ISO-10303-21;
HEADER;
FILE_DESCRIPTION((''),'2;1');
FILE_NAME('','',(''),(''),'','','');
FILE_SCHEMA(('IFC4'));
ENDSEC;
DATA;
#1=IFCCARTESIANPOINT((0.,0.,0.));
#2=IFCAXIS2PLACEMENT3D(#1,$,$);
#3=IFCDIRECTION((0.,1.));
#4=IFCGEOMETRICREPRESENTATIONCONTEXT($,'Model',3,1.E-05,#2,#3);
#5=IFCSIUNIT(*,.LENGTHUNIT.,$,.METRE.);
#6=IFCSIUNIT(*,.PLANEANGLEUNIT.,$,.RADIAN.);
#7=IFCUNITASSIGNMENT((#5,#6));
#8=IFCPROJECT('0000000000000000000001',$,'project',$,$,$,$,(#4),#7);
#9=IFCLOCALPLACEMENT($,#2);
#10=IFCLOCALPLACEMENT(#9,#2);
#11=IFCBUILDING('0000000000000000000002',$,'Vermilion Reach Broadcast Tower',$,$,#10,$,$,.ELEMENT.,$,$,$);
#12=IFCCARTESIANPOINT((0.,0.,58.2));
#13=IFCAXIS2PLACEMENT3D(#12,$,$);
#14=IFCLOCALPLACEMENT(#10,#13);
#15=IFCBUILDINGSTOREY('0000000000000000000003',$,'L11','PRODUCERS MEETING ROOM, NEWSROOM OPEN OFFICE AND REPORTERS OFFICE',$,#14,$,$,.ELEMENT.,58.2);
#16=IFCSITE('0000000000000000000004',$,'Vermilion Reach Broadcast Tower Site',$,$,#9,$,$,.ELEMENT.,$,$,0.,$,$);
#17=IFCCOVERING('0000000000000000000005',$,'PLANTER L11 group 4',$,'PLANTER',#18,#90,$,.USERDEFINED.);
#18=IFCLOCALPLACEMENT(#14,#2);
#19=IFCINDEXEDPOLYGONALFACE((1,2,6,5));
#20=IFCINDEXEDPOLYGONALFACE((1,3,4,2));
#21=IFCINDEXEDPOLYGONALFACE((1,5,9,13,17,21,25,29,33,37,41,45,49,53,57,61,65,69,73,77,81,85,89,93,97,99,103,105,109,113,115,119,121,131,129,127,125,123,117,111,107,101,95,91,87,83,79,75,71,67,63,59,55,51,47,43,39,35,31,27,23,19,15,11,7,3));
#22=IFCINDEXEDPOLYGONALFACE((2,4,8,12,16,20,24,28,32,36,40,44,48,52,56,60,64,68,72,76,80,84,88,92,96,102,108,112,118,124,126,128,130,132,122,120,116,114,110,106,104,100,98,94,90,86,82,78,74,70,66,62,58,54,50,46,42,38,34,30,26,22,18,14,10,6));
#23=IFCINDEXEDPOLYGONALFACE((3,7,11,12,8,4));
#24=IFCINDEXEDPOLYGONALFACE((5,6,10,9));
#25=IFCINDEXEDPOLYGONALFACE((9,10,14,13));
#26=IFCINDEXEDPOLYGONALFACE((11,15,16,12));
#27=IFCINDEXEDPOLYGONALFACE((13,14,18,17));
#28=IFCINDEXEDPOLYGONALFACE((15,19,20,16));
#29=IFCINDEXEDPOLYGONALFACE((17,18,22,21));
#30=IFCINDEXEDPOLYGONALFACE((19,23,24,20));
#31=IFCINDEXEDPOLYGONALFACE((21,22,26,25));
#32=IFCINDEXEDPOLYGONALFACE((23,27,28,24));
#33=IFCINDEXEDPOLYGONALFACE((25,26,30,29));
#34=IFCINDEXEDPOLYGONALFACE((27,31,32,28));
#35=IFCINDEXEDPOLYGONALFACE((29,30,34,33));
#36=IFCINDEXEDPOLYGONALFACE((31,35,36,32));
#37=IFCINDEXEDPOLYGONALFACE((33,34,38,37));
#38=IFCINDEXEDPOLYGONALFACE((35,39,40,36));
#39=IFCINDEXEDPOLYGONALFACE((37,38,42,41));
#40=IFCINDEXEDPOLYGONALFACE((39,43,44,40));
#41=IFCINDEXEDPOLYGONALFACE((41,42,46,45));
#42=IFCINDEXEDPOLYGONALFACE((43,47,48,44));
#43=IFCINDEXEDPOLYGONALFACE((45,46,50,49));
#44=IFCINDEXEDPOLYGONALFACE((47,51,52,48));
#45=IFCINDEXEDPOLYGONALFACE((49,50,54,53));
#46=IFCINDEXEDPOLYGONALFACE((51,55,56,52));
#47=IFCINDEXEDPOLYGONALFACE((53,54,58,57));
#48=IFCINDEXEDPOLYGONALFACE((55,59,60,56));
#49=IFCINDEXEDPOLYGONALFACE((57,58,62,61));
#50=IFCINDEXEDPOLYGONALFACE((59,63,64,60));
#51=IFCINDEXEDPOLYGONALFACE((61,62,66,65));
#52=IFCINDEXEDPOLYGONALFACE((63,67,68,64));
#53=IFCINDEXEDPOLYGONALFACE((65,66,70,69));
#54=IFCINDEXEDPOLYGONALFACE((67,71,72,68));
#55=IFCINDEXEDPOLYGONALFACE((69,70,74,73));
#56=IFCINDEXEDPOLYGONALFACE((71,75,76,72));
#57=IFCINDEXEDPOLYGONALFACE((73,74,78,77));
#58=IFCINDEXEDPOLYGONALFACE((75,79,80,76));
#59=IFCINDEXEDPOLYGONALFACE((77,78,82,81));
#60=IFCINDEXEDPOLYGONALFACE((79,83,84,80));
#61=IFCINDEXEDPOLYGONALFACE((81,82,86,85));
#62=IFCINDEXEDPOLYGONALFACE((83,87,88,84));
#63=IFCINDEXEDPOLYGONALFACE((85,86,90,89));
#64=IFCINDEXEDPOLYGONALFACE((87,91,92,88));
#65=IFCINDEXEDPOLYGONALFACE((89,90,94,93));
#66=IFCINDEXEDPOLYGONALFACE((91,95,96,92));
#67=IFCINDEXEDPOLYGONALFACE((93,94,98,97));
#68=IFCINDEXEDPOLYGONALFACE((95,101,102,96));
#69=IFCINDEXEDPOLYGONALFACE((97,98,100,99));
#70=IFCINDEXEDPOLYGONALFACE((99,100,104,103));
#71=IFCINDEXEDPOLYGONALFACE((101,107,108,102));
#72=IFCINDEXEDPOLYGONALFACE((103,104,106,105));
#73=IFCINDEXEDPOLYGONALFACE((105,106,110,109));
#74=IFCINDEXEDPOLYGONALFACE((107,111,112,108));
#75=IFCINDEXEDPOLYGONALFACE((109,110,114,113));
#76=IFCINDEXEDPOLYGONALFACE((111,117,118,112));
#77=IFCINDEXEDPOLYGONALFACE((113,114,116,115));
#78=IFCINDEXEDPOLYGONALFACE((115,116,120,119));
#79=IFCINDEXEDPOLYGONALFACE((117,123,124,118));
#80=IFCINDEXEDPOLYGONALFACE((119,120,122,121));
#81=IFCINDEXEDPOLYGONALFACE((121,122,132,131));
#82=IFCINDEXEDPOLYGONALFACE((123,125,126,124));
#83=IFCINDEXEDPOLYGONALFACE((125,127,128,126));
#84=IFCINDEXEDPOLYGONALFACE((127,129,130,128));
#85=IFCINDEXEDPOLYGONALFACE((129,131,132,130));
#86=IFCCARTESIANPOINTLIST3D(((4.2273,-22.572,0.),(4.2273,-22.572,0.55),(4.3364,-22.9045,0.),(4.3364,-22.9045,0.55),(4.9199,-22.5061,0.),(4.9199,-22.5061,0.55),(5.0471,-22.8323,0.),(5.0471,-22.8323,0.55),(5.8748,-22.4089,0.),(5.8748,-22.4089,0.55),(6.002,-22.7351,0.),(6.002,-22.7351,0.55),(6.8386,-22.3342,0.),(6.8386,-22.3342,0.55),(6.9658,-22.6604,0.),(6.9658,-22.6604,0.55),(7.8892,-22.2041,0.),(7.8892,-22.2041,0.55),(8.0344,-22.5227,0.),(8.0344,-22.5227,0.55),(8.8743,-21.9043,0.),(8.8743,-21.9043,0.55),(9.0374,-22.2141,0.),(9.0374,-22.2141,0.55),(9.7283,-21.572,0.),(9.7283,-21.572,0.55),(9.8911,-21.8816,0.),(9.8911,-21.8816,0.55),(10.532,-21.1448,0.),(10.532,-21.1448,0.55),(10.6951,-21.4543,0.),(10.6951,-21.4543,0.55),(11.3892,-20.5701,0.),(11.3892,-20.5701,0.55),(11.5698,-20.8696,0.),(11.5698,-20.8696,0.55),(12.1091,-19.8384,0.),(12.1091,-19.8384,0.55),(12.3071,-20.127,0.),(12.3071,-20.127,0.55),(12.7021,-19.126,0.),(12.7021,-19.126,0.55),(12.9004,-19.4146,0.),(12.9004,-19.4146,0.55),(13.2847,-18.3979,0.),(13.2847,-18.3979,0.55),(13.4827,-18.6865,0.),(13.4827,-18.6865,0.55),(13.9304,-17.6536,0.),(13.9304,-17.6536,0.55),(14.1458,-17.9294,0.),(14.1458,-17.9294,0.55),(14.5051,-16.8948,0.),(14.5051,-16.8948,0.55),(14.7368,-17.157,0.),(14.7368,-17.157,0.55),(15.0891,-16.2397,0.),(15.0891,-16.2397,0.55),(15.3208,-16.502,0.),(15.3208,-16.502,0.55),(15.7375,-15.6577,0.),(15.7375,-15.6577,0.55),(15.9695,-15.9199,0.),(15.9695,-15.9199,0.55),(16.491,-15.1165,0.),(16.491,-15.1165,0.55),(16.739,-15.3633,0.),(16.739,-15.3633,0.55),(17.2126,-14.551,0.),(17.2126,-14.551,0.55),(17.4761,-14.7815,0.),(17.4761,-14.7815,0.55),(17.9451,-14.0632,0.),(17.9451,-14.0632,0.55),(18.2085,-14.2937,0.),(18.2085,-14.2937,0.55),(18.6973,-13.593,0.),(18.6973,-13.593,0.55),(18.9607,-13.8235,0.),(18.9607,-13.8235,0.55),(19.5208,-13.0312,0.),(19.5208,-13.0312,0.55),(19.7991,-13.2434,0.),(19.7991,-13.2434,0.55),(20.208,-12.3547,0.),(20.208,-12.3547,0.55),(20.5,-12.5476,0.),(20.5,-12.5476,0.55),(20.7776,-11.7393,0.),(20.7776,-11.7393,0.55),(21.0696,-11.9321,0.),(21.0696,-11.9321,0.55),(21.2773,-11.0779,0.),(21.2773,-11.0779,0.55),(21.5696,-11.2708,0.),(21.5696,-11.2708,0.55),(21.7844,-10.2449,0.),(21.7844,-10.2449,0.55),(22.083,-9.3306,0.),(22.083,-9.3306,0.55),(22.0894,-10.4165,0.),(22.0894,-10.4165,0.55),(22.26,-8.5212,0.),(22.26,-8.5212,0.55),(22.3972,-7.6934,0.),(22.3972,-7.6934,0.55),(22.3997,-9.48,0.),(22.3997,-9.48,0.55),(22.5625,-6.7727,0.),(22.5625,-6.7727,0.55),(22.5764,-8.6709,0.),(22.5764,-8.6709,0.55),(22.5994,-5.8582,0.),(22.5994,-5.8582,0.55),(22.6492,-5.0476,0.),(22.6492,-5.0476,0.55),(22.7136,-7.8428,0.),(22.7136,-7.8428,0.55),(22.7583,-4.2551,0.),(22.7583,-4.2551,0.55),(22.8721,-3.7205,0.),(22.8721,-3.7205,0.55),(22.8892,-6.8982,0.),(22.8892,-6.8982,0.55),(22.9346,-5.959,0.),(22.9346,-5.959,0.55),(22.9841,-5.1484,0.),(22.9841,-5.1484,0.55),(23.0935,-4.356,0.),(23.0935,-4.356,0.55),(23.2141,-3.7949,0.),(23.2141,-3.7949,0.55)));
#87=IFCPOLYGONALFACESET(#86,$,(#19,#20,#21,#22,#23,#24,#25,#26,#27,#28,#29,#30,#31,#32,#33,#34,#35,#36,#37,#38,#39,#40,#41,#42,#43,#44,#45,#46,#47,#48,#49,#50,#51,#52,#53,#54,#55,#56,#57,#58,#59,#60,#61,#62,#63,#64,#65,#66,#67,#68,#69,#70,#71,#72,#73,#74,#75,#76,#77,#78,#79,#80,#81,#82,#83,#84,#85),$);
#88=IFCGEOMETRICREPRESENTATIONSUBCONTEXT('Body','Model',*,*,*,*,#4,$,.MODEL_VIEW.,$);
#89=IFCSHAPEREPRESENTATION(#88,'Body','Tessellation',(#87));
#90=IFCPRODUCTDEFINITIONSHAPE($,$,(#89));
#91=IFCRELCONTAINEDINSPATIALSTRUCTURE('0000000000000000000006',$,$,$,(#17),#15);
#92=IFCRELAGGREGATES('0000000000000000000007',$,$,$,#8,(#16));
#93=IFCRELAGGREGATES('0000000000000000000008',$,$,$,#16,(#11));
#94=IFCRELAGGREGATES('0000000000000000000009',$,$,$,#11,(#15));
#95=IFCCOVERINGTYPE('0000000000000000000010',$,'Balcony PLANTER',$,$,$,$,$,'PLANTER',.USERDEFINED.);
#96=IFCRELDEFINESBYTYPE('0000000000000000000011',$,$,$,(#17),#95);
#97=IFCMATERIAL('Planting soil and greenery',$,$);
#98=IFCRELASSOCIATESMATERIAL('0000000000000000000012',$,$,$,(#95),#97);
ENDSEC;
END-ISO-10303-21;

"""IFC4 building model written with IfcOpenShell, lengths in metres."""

from ifc_helpers import new_model, si_unit, direction, frame, origin, place, context, subcontext, project, spatial, polyline, outline, extrude, material, type_object, element, save


model = new_model("IFC4")

# Units and contexts
model_context = context("Model", 3, precision=1e-05, world=origin(), true_north=direction((0.0, 1.0)))
body_context = subcontext(model_context, "Body", "Model", "MODEL_VIEW")
ifc_project = project(units=[si_unit("LENGTHUNIT", "METRE"), si_unit("PLANEANGLEUNIT", "RADIAN")], contexts=[model_context])

# Site, building, storey
site_placement = place(None, origin())
site = spatial("IfcSite", under=ifc_project, at=site_placement, Name="Vermilion Reach Broadcast Tower Site", CompositionType="ELEMENT", RefElevation=0.0)
building_placement = place(site_placement, origin())
building = spatial("IfcBuilding", under=site, at=building_placement, Name="Vermilion Reach Broadcast Tower", CompositionType="ELEMENT")
storey_placement = place(building_placement, frame((0.0, 0.0, 58.2)))
storey = spatial("IfcBuildingStorey", under=building, at=storey_placement, Name="L11", Description="PRODUCERS MEETING ROOM, NEWSROOM OPEN OFFICE AND REPORTERS OFFICE", CompositionType="ELEMENT", Elevation=58.2)

# Shared definitions
placement_1 = place(storey_placement, origin())

# Covering
ifc_material_1 = material(Name="Planting soil and greenery")
covering_type = type_object("IfcCoveringType", Name="Balcony PLANTER", ElementType="PLANTER", PredefinedType="USERDEFINED", material=ifc_material_1)
element("IfcCovering", 1, at=placement_1, inside=storey, type_object=covering_type, Name="PLANTER L11 group 4", ObjectType="PLANTER", PredefinedType="USERDEFINED", context=body_context, shape_type="SweptSolid", body=[
    extrude(outline(polyline([(4.3364, -22.9045), (5.0471, -22.8323), (6.002, -22.7351), (6.9658, -22.6604), (8.0344, -22.5227), (9.0374, -22.2141), (9.8911, -21.8816), (10.6951, -21.4543), (11.5698, -20.8696), (12.3071, -20.127), (12.9004, -19.4146), (13.4827, -18.6865), (14.1458, -17.9294), (14.7368, -17.157), (15.3208, -16.502), (15.9695, -15.9199), (16.739, -15.3633), (17.4761, -14.7815), (18.2085, -14.2937), (18.9607, -13.8235), (19.7991, -13.2434), (20.5, -12.5476), (21.0696, -11.9321), (21.5696, -11.2708), (22.0894, -10.4165), (22.3997, -9.48), (22.5764, -8.6709), (22.7136, -7.8428), (22.8892, -6.8982), (22.9346, -5.959), (22.9841, -5.1484), (23.0935, -4.356), (23.2141, -3.7949), (22.8721, -3.7205), (22.7583, -4.2551), (22.6492, -5.0476), (22.5994, -5.8582), (22.5625, -6.7727), (22.3972, -7.6934), (22.26, -8.5212), (22.083, -9.3306), (21.7844, -10.2449), (21.2773, -11.0779), (20.7776, -11.7393), (20.208, -12.3547), (19.5208, -13.0312), (18.6973, -13.593), (17.9451, -14.0632), (17.2126, -14.551), (16.491, -15.1165), (15.7375, -15.6577), (15.0891, -16.2397), (14.5051, -16.8948), (13.9304, -17.6536), (13.2847, -18.3979), (12.7021, -19.126), (12.1091, -19.8384), (11.3892, -20.5701), (10.532, -21.1448), (9.7283, -21.572), (8.8743, -21.9043), (7.8892, -22.2041), (6.8386, -22.3342), (5.8748, -22.4089), (4.9199, -22.5061), (4.2273, -22.572), (4.3364, -22.9045)])), origin(), (0.0, 0.0, 1.0), 0.55),
])

save(model, "model.ifc")
